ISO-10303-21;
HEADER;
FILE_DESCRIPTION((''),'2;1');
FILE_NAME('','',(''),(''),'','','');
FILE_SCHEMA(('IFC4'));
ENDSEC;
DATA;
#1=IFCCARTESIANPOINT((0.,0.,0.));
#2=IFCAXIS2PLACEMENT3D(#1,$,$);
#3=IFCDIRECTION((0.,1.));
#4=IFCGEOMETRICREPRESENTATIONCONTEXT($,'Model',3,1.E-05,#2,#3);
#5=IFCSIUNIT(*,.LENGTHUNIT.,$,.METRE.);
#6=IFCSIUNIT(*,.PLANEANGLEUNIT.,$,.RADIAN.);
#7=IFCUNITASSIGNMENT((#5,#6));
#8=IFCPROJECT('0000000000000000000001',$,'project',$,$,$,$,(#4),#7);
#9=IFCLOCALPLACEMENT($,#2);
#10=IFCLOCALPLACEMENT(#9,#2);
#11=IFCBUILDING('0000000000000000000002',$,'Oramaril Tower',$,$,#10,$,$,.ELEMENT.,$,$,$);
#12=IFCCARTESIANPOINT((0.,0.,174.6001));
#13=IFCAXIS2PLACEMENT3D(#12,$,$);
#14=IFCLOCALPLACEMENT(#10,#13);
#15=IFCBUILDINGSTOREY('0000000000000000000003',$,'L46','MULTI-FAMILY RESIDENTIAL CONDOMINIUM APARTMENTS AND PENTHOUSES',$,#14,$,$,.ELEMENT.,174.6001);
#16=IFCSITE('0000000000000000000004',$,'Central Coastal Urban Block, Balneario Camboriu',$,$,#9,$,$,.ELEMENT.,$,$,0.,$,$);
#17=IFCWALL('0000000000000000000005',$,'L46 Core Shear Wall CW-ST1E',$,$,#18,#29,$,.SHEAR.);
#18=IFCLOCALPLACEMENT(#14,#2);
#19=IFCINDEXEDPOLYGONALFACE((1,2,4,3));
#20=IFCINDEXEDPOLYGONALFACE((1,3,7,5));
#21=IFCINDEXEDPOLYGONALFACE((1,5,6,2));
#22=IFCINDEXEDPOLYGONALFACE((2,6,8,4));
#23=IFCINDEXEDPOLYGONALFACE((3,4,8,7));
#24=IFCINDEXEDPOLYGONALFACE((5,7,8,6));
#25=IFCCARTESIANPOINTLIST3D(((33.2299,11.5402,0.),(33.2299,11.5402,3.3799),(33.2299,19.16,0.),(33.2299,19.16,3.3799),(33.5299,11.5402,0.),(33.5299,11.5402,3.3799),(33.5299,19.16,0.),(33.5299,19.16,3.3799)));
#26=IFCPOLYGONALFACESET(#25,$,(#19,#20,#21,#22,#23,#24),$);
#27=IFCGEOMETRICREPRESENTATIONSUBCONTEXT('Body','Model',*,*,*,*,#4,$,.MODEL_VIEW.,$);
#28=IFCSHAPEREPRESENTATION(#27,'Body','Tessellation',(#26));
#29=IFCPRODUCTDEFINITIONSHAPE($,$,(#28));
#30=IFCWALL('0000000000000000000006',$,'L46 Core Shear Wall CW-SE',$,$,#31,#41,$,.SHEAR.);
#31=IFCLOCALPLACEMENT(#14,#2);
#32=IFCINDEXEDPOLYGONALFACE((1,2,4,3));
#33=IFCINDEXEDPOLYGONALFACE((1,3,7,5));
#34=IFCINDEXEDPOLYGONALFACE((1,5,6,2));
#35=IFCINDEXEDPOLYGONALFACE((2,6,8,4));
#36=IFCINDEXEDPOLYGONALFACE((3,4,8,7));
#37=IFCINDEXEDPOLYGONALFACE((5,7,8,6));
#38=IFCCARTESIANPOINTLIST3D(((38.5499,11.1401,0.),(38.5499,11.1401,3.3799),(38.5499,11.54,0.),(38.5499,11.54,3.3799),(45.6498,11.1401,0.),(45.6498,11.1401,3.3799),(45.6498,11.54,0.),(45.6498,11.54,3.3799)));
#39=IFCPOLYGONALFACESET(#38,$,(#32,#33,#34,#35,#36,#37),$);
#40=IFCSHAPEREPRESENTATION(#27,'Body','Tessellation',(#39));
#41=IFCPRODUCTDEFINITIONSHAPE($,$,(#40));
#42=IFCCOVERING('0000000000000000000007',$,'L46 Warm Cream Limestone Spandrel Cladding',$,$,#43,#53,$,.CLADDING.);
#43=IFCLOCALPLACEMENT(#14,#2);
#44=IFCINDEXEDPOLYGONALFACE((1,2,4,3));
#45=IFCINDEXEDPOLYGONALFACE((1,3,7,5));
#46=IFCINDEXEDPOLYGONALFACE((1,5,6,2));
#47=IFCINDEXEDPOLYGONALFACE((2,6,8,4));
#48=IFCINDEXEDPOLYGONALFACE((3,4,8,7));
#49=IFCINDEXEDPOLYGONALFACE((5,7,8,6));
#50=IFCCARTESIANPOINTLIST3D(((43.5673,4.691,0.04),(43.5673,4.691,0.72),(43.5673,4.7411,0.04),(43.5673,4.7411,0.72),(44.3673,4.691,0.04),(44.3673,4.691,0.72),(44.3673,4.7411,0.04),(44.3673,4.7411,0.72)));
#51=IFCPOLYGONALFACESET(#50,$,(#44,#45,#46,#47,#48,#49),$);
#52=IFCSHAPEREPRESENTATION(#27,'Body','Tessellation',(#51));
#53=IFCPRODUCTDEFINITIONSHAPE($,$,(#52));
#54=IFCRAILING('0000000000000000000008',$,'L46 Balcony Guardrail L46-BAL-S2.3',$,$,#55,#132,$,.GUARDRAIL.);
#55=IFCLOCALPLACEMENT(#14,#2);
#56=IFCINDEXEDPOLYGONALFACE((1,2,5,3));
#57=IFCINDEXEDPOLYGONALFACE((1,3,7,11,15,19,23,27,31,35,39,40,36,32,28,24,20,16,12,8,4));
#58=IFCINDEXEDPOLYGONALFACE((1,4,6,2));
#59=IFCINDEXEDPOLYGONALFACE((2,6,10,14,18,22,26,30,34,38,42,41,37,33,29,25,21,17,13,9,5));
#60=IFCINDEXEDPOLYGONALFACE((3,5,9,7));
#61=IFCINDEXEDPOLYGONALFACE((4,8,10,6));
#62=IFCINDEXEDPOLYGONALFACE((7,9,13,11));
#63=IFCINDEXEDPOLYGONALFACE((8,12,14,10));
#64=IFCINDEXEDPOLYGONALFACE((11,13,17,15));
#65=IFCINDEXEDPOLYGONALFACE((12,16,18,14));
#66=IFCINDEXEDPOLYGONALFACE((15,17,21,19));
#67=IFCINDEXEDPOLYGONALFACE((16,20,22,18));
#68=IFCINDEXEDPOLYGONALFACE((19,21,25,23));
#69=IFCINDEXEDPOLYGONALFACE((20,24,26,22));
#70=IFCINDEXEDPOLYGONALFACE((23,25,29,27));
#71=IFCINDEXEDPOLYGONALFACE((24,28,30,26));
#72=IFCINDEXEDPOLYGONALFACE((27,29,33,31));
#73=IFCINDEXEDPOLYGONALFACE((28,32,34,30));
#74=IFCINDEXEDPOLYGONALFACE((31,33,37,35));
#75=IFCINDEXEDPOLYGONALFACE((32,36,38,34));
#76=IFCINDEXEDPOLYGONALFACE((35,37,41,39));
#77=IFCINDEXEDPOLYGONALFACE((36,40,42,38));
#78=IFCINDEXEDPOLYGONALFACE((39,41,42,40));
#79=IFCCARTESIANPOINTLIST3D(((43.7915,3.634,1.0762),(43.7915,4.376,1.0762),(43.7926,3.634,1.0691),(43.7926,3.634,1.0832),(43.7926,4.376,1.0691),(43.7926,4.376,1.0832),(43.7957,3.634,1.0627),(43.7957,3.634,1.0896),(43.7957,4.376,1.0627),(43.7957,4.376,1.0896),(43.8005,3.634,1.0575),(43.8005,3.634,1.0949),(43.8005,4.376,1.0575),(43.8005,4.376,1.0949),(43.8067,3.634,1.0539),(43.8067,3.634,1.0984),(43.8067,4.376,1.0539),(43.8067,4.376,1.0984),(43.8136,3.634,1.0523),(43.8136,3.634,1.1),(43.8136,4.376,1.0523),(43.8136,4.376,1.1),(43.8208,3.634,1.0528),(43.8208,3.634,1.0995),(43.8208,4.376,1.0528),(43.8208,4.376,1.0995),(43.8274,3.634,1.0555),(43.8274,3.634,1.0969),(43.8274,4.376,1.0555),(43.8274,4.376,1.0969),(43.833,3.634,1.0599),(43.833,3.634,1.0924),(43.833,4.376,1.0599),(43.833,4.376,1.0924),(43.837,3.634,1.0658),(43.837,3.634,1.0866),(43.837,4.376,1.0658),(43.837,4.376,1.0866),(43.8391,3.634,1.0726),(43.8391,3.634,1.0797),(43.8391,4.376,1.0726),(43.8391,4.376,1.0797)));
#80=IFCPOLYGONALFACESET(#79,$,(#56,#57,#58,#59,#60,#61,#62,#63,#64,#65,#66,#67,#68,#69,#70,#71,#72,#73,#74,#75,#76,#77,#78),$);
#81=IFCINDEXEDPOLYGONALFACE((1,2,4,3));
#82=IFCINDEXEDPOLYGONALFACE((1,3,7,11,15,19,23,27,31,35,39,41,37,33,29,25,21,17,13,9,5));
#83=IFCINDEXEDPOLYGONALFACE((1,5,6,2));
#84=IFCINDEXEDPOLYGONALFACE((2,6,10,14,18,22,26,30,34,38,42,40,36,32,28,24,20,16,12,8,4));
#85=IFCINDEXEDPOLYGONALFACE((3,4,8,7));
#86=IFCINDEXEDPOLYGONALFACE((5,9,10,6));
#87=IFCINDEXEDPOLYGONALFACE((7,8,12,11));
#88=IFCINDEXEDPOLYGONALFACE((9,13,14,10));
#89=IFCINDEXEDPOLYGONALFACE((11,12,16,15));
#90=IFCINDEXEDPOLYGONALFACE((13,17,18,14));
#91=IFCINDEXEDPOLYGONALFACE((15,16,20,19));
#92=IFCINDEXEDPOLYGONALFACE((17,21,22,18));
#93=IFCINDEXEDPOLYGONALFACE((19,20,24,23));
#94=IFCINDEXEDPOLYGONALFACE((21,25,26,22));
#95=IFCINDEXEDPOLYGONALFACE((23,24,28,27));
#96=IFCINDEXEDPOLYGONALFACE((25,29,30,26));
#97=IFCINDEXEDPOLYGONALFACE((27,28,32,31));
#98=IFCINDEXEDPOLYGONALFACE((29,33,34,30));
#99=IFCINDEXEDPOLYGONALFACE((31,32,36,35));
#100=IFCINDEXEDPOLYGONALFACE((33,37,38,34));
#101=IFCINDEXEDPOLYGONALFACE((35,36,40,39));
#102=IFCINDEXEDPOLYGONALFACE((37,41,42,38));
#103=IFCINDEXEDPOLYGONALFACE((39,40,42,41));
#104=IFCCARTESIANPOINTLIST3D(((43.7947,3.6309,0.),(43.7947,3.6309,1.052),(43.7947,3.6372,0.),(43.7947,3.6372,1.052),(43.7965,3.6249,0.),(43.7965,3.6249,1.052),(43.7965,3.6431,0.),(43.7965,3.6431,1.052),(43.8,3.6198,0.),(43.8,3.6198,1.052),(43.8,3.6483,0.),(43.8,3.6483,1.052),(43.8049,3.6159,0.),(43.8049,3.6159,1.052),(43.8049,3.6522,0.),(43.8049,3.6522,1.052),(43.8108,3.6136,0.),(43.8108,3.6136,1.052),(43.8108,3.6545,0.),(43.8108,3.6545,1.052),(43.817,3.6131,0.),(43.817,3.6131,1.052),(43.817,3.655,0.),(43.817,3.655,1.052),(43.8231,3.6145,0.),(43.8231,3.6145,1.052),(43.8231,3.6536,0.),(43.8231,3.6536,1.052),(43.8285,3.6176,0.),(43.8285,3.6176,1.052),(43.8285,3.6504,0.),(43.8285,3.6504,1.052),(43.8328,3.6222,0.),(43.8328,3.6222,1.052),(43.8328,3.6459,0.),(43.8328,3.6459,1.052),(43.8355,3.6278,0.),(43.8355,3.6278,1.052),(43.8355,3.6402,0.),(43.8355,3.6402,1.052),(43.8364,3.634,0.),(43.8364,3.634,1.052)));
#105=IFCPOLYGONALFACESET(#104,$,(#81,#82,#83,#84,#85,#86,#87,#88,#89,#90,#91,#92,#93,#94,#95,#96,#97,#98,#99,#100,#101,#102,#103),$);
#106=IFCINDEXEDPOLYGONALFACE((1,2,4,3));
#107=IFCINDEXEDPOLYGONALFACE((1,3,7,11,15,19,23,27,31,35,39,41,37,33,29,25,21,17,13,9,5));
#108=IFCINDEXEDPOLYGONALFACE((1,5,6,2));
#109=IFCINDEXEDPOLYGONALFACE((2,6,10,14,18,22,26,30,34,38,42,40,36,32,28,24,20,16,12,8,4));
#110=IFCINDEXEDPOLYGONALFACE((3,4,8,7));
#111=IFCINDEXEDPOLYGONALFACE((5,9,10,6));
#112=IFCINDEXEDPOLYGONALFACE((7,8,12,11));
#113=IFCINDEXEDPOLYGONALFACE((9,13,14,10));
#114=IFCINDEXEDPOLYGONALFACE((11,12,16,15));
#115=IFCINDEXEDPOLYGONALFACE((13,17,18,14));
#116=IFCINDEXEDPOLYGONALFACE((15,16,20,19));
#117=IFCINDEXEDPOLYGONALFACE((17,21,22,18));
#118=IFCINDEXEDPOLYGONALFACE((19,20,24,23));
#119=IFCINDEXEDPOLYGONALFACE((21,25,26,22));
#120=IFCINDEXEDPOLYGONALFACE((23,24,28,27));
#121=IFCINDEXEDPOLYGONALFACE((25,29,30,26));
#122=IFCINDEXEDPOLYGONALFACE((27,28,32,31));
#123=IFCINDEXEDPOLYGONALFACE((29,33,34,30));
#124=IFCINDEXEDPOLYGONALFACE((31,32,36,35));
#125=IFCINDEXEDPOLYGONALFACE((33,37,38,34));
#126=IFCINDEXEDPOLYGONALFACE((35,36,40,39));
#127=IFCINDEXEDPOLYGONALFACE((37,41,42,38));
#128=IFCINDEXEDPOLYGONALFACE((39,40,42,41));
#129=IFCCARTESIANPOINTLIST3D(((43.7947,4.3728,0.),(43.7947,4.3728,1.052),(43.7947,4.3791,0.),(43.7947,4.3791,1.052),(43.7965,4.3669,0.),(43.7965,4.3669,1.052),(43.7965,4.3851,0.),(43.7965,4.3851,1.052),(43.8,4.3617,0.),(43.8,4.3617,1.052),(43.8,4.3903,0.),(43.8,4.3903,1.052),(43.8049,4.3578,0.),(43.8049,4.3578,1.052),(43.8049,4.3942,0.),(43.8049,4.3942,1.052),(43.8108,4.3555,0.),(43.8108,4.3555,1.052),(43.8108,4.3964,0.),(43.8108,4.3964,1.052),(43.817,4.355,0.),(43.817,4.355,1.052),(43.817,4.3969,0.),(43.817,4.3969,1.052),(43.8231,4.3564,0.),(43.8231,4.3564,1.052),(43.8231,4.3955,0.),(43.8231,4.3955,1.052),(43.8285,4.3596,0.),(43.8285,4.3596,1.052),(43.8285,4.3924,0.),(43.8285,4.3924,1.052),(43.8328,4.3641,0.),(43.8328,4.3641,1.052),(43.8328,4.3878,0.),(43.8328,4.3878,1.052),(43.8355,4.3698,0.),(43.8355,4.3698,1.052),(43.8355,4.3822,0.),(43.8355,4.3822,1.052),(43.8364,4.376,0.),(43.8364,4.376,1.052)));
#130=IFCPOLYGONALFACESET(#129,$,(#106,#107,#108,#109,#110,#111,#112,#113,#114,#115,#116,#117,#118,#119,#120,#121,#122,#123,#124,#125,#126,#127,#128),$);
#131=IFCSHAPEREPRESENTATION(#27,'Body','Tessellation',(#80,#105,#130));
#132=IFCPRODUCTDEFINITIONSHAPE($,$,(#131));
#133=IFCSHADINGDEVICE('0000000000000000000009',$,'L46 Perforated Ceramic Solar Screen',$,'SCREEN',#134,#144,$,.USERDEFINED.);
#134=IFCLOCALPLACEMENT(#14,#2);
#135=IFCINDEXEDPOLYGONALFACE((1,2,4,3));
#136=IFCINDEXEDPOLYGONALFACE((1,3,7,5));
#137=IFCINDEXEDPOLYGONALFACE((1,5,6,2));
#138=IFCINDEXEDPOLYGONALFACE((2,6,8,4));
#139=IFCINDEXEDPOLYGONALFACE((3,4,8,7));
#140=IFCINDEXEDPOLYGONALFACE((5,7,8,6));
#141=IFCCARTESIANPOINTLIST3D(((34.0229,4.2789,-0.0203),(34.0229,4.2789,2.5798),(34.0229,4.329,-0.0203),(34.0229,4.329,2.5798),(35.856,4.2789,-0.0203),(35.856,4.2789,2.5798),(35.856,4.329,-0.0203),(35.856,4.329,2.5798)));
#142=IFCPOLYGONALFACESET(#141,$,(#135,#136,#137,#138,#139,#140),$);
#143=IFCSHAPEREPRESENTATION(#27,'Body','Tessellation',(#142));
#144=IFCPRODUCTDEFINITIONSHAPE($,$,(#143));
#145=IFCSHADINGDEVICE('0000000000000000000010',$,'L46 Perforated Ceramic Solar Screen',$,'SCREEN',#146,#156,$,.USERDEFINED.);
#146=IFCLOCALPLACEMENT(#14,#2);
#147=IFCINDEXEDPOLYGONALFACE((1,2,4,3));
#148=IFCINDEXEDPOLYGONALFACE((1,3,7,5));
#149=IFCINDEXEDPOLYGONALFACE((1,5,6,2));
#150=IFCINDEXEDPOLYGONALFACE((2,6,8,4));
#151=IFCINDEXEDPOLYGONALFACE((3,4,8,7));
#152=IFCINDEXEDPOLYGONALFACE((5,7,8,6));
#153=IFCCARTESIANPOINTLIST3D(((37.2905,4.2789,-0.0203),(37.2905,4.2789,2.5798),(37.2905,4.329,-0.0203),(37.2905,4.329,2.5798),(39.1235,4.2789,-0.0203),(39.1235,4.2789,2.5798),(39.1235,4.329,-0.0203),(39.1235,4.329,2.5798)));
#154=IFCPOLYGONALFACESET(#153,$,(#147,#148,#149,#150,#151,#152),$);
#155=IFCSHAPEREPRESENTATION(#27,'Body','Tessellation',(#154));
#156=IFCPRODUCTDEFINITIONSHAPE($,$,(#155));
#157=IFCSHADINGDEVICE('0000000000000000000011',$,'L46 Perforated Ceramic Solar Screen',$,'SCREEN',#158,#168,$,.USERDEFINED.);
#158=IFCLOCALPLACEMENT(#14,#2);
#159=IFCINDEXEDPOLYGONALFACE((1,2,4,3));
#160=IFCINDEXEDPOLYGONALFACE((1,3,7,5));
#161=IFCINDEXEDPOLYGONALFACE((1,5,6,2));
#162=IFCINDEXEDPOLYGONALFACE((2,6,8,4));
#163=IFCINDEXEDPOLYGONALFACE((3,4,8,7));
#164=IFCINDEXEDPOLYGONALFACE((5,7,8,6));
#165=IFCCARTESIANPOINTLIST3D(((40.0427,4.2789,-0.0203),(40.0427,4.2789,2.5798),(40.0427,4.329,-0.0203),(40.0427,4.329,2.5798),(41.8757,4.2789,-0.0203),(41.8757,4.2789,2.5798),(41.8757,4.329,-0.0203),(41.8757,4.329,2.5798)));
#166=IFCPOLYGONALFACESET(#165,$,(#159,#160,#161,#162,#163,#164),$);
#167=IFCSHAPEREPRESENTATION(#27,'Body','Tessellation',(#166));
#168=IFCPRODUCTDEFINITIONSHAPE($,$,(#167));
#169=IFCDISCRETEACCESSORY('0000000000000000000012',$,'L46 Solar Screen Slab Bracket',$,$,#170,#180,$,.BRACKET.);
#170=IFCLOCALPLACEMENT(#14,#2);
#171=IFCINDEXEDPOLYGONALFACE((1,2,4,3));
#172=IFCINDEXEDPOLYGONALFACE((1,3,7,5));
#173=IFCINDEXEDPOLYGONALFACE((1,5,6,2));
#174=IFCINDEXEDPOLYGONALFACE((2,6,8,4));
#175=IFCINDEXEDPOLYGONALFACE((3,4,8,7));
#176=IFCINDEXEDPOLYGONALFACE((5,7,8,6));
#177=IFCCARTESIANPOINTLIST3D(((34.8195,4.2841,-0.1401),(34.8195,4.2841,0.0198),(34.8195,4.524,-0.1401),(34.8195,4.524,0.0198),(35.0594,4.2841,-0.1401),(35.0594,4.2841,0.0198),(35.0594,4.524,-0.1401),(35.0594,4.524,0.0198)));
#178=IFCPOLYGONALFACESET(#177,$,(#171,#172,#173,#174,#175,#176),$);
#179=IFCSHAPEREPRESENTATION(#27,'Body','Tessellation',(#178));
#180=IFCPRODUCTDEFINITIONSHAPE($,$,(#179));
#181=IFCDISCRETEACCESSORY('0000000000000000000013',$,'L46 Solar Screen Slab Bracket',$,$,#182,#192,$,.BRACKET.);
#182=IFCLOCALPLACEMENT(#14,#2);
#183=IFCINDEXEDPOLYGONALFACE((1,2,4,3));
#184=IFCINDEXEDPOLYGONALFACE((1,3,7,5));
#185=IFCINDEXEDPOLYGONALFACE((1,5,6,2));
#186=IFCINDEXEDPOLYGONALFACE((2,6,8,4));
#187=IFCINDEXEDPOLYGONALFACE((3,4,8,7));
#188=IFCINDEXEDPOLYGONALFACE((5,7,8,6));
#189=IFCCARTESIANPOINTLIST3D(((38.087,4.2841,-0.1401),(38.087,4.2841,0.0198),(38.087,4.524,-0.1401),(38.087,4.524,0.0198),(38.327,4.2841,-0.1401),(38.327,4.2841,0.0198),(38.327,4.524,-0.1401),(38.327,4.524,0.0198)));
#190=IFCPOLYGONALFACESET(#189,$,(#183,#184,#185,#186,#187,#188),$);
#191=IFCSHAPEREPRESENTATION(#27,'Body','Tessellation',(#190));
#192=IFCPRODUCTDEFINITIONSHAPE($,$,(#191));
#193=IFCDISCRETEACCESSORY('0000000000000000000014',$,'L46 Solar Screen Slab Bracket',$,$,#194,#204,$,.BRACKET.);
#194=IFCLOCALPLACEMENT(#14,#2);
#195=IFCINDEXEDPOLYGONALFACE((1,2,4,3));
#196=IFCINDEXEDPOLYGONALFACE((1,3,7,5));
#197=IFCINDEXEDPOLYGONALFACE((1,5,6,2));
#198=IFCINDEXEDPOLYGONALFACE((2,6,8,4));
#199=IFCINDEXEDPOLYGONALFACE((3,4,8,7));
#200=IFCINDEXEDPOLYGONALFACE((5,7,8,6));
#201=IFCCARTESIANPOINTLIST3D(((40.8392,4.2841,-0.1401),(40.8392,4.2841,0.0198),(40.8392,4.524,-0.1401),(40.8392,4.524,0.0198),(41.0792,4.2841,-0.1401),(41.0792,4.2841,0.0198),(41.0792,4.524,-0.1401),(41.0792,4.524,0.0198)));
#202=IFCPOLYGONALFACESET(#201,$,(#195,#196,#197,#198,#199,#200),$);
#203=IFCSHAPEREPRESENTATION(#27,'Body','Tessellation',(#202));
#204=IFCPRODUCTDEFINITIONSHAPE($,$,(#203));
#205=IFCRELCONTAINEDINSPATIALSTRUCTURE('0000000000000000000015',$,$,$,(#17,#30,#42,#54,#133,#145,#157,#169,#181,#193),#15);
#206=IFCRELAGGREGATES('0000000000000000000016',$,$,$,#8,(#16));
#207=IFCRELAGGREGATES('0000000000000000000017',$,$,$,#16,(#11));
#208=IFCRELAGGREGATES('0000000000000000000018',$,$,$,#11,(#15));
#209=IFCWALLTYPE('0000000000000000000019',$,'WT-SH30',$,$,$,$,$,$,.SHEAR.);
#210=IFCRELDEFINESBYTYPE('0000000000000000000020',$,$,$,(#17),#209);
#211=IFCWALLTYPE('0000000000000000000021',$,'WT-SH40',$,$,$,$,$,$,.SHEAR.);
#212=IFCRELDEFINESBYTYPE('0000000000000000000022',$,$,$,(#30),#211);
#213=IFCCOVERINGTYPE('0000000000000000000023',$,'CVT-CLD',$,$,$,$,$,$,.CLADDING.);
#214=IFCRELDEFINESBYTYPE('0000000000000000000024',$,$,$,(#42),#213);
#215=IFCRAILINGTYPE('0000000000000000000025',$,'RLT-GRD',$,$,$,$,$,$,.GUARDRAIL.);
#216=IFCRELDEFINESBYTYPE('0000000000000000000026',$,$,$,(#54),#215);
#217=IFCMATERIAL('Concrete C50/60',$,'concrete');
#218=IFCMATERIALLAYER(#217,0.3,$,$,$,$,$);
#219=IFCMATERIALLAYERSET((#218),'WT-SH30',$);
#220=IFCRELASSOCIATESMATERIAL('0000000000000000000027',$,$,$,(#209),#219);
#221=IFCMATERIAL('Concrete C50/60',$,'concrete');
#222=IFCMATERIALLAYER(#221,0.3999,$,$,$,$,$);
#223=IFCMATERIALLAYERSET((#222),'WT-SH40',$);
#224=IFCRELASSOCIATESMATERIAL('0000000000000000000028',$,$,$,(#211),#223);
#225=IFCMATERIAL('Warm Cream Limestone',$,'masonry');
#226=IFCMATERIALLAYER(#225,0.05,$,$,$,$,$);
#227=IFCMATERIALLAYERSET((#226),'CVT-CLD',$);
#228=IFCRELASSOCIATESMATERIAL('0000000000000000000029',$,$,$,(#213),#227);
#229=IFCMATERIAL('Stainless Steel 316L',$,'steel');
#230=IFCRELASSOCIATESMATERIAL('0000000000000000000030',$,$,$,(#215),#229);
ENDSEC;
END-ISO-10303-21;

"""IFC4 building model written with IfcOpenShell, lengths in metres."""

from ifc_helpers import new_model, si_unit, direction, frame, frame_2d, origin, origin_2d, place, context, subcontext, project, spatial, rectangle, circle, extrude, material, layer, layer_set, type_object, element, save


model = new_model("IFC4")

# Units and contexts
model_context = context("Model", 3, precision=1e-05, world=origin(), true_north=direction((0.0, 1.0)))
body_context = subcontext(model_context, "Body", "Model", "MODEL_VIEW")
ifc_project = project(units=[si_unit("LENGTHUNIT", "METRE"), si_unit("PLANEANGLEUNIT", "RADIAN")], contexts=[model_context])

# Site, building, storey
site_placement = place(None, origin())
site = spatial("IfcSite", under=ifc_project, at=site_placement, Name="Central Coastal Urban Block, Balneario Camboriu", CompositionType="ELEMENT", RefElevation=0.0)
building_placement = place(site_placement, origin())
building = spatial("IfcBuilding", under=site, at=building_placement, Name="Oramaril Tower", CompositionType="ELEMENT")
storey_placement = place(building_placement, frame((0.0, 0.0, 174.6001)))
storey = spatial("IfcBuildingStorey", under=building, at=storey_placement, Name="L46", Description="MULTI-FAMILY RESIDENTIAL CONDOMINIUM APARTMENTS AND PENTHOUSES", CompositionType="ELEMENT", Elevation=174.6001)

# Walls
ifc_material_1 = material(Name="Concrete C50/60", Category="concrete")
ifc_layer_1 = layer(ifc_material_1, 0.3)
ifc_layer_set_1 = layer_set([ifc_layer_1], Name="WT-SH30")
wall_type_1 = type_object("IfcWallType", Name="WT-SH30", PredefinedType="SHEAR", material=ifc_layer_set_1)
wall_1_placement = place(storey_placement, frame((33.3799, 11.54, 0.0), z_axis=(0.0, 0.0, 1.0), x_axis=(0.0, 1.0, 0.0)))
element("IfcWall", 1, at=wall_1_placement, inside=storey, type_object=wall_type_1, Name="L46 Core Shear Wall CW-ST1E", PredefinedType="SHEAR", context=body_context, shape_type="SweptSolid", body=[
    extrude(rectangle(XDim=7.6199, YDim=0.3, at=frame_2d((3.8101, 0.0))), origin(), (0.0, 0.0, 1.0), 3.3799),
])
ifc_material_2 = material(Name="Concrete C50/60", Category="concrete")
ifc_layer_2 = layer(ifc_material_2, 0.3999)
ifc_layer_set_2 = layer_set([ifc_layer_2], Name="WT-SH40")
wall_type_2 = type_object("IfcWallType", Name="WT-SH40", PredefinedType="SHEAR", material=ifc_layer_set_2)
wall_2_placement = place(storey_placement, frame((38.55, 11.3401, 0.0), z_axis=(0.0, 0.0, 1.0), x_axis=(1.0, 0.0, 0.0)))
element("IfcWall", 2, at=wall_2_placement, inside=storey, type_object=wall_type_2, Name="L46 Core Shear Wall CW-SE", PredefinedType="SHEAR", context=body_context, shape_type="SweptSolid", body=[
    extrude(rectangle(XDim=7.0999, YDim=0.3999, at=frame_2d((3.5498, 0.0))), origin(), (0.0, 0.0, 1.0), 3.3799),
])

# Covering
ifc_material_3 = material(Name="Warm Cream Limestone", Category="masonry")
ifc_layer_3 = layer(ifc_material_3, 0.05)
ifc_layer_set_3 = layer_set([ifc_layer_3], Name="CVT-CLD")
covering_type = type_object("IfcCoveringType", Name="CVT-CLD", PredefinedType="CLADDING", material=ifc_layer_set_3)
covering_placement = place(storey_placement, frame((43.9673, 4.7161, 0.04), z_axis=(0.0, 0.0, 1.0), x_axis=(1.0, 0.0, 0.0)))
element("IfcCovering", 3, at=covering_placement, inside=storey, type_object=covering_type, Name="L46 Warm Cream Limestone Spandrel Cladding", PredefinedType="CLADDING", context=body_context, shape_type="SweptSolid", body=[
    extrude(rectangle(XDim=0.8, YDim=0.05, at=origin_2d()), origin(), (0.0, 0.0, 1.0), 0.6799),
])

# Railing
ifc_material_4 = material(Name="Stainless Steel 316L", Category="steel")
railing_type = type_object("IfcRailingType", Name="RLT-GRD", PredefinedType="GUARDRAIL", material=ifc_material_4)
railing_placement = place(storey_placement, frame((43.8154, 3.634, 0.0)))
element("IfcRailing", 4, at=railing_placement, inside=storey, type_object=railing_type, Name="L46 Balcony Guardrail L46-BAL-S2.3", PredefinedType="GUARDRAIL", context=body_context, shape_type="SweptSolid", body=[
    extrude(circle(Radius=0.0239, at=origin_2d()), frame((0.0, 0.0, 1.0762), z_axis=(0.0, 1.0, 0.0), x_axis=(-1.0, 0.0, 0.0)), (0.0, 0.0, 1.0), 0.7419),
    extrude(circle(Radius=0.021, at=origin_2d()), origin(), (0.0, 0.0, 1.0), 1.052),
    extrude(circle(Radius=0.021, at=origin_2d()), frame((0.0, 0.7419, 0.0)), (0.0, 0.0, 1.0), 1.052),
])

# Shading devices
for number, where, z_axis, x_axis, name in (
    (5, (34.9395, 4.304, -0.0203), (0.0, 0.0, 1.0), (1.0, 0.0, 0.0), "L46 Perforated Ceramic Solar Screen"),
    (6, (38.207, 4.304, -0.0203), (0.0, 0.0, 1.0), (1.0, 0.0, 0.0), "L46 Perforated Ceramic Solar Screen"),
    (7, (40.9592, 4.304, -0.0203), (0.0, 0.0, 1.0), (1.0, 0.0, 0.0), "L46 Perforated Ceramic Solar Screen"),
):
    element("IfcShadingDevice", number, at=place(storey_placement, frame(where, z_axis=z_axis, x_axis=x_axis)), inside=storey, Name=name, ObjectType="SCREEN", PredefinedType="USERDEFINED", context=body_context, shape_type="SweptSolid", body=[
        extrude(rectangle(XDim=1.833, YDim=0.05, at=origin_2d()), origin(), (0.0, 0.0, 1.0), 2.6001),
    ])

# Discrete accessories
for number, where, z_axis, x_axis, name in (
    (8, (34.9395, 4.4041, -0.1401), (0.0, 0.0, 1.0), (1.0, 0.0, 0.0), "L46 Solar Screen Slab Bracket"),
    (9, (38.207, 4.4041, -0.1401), (0.0, 0.0, 1.0), (1.0, 0.0, 0.0), "L46 Solar Screen Slab Bracket"),
    (10, (40.9592, 4.4041, -0.1401), (0.0, 0.0, 1.0), (1.0, 0.0, 0.0), "L46 Solar Screen Slab Bracket"),
):
    element("IfcDiscreteAccessory", number, at=place(storey_placement, frame(where, z_axis=z_axis, x_axis=x_axis)), inside=storey, Name=name, PredefinedType="BRACKET", context=body_context, shape_type="SweptSolid", body=[
        extrude(rectangle(XDim=0.24, YDim=0.24, at=origin_2d()), origin(), (0.0, 0.0, 1.0), 0.1599),
    ])

save(model, "model.ifc")
